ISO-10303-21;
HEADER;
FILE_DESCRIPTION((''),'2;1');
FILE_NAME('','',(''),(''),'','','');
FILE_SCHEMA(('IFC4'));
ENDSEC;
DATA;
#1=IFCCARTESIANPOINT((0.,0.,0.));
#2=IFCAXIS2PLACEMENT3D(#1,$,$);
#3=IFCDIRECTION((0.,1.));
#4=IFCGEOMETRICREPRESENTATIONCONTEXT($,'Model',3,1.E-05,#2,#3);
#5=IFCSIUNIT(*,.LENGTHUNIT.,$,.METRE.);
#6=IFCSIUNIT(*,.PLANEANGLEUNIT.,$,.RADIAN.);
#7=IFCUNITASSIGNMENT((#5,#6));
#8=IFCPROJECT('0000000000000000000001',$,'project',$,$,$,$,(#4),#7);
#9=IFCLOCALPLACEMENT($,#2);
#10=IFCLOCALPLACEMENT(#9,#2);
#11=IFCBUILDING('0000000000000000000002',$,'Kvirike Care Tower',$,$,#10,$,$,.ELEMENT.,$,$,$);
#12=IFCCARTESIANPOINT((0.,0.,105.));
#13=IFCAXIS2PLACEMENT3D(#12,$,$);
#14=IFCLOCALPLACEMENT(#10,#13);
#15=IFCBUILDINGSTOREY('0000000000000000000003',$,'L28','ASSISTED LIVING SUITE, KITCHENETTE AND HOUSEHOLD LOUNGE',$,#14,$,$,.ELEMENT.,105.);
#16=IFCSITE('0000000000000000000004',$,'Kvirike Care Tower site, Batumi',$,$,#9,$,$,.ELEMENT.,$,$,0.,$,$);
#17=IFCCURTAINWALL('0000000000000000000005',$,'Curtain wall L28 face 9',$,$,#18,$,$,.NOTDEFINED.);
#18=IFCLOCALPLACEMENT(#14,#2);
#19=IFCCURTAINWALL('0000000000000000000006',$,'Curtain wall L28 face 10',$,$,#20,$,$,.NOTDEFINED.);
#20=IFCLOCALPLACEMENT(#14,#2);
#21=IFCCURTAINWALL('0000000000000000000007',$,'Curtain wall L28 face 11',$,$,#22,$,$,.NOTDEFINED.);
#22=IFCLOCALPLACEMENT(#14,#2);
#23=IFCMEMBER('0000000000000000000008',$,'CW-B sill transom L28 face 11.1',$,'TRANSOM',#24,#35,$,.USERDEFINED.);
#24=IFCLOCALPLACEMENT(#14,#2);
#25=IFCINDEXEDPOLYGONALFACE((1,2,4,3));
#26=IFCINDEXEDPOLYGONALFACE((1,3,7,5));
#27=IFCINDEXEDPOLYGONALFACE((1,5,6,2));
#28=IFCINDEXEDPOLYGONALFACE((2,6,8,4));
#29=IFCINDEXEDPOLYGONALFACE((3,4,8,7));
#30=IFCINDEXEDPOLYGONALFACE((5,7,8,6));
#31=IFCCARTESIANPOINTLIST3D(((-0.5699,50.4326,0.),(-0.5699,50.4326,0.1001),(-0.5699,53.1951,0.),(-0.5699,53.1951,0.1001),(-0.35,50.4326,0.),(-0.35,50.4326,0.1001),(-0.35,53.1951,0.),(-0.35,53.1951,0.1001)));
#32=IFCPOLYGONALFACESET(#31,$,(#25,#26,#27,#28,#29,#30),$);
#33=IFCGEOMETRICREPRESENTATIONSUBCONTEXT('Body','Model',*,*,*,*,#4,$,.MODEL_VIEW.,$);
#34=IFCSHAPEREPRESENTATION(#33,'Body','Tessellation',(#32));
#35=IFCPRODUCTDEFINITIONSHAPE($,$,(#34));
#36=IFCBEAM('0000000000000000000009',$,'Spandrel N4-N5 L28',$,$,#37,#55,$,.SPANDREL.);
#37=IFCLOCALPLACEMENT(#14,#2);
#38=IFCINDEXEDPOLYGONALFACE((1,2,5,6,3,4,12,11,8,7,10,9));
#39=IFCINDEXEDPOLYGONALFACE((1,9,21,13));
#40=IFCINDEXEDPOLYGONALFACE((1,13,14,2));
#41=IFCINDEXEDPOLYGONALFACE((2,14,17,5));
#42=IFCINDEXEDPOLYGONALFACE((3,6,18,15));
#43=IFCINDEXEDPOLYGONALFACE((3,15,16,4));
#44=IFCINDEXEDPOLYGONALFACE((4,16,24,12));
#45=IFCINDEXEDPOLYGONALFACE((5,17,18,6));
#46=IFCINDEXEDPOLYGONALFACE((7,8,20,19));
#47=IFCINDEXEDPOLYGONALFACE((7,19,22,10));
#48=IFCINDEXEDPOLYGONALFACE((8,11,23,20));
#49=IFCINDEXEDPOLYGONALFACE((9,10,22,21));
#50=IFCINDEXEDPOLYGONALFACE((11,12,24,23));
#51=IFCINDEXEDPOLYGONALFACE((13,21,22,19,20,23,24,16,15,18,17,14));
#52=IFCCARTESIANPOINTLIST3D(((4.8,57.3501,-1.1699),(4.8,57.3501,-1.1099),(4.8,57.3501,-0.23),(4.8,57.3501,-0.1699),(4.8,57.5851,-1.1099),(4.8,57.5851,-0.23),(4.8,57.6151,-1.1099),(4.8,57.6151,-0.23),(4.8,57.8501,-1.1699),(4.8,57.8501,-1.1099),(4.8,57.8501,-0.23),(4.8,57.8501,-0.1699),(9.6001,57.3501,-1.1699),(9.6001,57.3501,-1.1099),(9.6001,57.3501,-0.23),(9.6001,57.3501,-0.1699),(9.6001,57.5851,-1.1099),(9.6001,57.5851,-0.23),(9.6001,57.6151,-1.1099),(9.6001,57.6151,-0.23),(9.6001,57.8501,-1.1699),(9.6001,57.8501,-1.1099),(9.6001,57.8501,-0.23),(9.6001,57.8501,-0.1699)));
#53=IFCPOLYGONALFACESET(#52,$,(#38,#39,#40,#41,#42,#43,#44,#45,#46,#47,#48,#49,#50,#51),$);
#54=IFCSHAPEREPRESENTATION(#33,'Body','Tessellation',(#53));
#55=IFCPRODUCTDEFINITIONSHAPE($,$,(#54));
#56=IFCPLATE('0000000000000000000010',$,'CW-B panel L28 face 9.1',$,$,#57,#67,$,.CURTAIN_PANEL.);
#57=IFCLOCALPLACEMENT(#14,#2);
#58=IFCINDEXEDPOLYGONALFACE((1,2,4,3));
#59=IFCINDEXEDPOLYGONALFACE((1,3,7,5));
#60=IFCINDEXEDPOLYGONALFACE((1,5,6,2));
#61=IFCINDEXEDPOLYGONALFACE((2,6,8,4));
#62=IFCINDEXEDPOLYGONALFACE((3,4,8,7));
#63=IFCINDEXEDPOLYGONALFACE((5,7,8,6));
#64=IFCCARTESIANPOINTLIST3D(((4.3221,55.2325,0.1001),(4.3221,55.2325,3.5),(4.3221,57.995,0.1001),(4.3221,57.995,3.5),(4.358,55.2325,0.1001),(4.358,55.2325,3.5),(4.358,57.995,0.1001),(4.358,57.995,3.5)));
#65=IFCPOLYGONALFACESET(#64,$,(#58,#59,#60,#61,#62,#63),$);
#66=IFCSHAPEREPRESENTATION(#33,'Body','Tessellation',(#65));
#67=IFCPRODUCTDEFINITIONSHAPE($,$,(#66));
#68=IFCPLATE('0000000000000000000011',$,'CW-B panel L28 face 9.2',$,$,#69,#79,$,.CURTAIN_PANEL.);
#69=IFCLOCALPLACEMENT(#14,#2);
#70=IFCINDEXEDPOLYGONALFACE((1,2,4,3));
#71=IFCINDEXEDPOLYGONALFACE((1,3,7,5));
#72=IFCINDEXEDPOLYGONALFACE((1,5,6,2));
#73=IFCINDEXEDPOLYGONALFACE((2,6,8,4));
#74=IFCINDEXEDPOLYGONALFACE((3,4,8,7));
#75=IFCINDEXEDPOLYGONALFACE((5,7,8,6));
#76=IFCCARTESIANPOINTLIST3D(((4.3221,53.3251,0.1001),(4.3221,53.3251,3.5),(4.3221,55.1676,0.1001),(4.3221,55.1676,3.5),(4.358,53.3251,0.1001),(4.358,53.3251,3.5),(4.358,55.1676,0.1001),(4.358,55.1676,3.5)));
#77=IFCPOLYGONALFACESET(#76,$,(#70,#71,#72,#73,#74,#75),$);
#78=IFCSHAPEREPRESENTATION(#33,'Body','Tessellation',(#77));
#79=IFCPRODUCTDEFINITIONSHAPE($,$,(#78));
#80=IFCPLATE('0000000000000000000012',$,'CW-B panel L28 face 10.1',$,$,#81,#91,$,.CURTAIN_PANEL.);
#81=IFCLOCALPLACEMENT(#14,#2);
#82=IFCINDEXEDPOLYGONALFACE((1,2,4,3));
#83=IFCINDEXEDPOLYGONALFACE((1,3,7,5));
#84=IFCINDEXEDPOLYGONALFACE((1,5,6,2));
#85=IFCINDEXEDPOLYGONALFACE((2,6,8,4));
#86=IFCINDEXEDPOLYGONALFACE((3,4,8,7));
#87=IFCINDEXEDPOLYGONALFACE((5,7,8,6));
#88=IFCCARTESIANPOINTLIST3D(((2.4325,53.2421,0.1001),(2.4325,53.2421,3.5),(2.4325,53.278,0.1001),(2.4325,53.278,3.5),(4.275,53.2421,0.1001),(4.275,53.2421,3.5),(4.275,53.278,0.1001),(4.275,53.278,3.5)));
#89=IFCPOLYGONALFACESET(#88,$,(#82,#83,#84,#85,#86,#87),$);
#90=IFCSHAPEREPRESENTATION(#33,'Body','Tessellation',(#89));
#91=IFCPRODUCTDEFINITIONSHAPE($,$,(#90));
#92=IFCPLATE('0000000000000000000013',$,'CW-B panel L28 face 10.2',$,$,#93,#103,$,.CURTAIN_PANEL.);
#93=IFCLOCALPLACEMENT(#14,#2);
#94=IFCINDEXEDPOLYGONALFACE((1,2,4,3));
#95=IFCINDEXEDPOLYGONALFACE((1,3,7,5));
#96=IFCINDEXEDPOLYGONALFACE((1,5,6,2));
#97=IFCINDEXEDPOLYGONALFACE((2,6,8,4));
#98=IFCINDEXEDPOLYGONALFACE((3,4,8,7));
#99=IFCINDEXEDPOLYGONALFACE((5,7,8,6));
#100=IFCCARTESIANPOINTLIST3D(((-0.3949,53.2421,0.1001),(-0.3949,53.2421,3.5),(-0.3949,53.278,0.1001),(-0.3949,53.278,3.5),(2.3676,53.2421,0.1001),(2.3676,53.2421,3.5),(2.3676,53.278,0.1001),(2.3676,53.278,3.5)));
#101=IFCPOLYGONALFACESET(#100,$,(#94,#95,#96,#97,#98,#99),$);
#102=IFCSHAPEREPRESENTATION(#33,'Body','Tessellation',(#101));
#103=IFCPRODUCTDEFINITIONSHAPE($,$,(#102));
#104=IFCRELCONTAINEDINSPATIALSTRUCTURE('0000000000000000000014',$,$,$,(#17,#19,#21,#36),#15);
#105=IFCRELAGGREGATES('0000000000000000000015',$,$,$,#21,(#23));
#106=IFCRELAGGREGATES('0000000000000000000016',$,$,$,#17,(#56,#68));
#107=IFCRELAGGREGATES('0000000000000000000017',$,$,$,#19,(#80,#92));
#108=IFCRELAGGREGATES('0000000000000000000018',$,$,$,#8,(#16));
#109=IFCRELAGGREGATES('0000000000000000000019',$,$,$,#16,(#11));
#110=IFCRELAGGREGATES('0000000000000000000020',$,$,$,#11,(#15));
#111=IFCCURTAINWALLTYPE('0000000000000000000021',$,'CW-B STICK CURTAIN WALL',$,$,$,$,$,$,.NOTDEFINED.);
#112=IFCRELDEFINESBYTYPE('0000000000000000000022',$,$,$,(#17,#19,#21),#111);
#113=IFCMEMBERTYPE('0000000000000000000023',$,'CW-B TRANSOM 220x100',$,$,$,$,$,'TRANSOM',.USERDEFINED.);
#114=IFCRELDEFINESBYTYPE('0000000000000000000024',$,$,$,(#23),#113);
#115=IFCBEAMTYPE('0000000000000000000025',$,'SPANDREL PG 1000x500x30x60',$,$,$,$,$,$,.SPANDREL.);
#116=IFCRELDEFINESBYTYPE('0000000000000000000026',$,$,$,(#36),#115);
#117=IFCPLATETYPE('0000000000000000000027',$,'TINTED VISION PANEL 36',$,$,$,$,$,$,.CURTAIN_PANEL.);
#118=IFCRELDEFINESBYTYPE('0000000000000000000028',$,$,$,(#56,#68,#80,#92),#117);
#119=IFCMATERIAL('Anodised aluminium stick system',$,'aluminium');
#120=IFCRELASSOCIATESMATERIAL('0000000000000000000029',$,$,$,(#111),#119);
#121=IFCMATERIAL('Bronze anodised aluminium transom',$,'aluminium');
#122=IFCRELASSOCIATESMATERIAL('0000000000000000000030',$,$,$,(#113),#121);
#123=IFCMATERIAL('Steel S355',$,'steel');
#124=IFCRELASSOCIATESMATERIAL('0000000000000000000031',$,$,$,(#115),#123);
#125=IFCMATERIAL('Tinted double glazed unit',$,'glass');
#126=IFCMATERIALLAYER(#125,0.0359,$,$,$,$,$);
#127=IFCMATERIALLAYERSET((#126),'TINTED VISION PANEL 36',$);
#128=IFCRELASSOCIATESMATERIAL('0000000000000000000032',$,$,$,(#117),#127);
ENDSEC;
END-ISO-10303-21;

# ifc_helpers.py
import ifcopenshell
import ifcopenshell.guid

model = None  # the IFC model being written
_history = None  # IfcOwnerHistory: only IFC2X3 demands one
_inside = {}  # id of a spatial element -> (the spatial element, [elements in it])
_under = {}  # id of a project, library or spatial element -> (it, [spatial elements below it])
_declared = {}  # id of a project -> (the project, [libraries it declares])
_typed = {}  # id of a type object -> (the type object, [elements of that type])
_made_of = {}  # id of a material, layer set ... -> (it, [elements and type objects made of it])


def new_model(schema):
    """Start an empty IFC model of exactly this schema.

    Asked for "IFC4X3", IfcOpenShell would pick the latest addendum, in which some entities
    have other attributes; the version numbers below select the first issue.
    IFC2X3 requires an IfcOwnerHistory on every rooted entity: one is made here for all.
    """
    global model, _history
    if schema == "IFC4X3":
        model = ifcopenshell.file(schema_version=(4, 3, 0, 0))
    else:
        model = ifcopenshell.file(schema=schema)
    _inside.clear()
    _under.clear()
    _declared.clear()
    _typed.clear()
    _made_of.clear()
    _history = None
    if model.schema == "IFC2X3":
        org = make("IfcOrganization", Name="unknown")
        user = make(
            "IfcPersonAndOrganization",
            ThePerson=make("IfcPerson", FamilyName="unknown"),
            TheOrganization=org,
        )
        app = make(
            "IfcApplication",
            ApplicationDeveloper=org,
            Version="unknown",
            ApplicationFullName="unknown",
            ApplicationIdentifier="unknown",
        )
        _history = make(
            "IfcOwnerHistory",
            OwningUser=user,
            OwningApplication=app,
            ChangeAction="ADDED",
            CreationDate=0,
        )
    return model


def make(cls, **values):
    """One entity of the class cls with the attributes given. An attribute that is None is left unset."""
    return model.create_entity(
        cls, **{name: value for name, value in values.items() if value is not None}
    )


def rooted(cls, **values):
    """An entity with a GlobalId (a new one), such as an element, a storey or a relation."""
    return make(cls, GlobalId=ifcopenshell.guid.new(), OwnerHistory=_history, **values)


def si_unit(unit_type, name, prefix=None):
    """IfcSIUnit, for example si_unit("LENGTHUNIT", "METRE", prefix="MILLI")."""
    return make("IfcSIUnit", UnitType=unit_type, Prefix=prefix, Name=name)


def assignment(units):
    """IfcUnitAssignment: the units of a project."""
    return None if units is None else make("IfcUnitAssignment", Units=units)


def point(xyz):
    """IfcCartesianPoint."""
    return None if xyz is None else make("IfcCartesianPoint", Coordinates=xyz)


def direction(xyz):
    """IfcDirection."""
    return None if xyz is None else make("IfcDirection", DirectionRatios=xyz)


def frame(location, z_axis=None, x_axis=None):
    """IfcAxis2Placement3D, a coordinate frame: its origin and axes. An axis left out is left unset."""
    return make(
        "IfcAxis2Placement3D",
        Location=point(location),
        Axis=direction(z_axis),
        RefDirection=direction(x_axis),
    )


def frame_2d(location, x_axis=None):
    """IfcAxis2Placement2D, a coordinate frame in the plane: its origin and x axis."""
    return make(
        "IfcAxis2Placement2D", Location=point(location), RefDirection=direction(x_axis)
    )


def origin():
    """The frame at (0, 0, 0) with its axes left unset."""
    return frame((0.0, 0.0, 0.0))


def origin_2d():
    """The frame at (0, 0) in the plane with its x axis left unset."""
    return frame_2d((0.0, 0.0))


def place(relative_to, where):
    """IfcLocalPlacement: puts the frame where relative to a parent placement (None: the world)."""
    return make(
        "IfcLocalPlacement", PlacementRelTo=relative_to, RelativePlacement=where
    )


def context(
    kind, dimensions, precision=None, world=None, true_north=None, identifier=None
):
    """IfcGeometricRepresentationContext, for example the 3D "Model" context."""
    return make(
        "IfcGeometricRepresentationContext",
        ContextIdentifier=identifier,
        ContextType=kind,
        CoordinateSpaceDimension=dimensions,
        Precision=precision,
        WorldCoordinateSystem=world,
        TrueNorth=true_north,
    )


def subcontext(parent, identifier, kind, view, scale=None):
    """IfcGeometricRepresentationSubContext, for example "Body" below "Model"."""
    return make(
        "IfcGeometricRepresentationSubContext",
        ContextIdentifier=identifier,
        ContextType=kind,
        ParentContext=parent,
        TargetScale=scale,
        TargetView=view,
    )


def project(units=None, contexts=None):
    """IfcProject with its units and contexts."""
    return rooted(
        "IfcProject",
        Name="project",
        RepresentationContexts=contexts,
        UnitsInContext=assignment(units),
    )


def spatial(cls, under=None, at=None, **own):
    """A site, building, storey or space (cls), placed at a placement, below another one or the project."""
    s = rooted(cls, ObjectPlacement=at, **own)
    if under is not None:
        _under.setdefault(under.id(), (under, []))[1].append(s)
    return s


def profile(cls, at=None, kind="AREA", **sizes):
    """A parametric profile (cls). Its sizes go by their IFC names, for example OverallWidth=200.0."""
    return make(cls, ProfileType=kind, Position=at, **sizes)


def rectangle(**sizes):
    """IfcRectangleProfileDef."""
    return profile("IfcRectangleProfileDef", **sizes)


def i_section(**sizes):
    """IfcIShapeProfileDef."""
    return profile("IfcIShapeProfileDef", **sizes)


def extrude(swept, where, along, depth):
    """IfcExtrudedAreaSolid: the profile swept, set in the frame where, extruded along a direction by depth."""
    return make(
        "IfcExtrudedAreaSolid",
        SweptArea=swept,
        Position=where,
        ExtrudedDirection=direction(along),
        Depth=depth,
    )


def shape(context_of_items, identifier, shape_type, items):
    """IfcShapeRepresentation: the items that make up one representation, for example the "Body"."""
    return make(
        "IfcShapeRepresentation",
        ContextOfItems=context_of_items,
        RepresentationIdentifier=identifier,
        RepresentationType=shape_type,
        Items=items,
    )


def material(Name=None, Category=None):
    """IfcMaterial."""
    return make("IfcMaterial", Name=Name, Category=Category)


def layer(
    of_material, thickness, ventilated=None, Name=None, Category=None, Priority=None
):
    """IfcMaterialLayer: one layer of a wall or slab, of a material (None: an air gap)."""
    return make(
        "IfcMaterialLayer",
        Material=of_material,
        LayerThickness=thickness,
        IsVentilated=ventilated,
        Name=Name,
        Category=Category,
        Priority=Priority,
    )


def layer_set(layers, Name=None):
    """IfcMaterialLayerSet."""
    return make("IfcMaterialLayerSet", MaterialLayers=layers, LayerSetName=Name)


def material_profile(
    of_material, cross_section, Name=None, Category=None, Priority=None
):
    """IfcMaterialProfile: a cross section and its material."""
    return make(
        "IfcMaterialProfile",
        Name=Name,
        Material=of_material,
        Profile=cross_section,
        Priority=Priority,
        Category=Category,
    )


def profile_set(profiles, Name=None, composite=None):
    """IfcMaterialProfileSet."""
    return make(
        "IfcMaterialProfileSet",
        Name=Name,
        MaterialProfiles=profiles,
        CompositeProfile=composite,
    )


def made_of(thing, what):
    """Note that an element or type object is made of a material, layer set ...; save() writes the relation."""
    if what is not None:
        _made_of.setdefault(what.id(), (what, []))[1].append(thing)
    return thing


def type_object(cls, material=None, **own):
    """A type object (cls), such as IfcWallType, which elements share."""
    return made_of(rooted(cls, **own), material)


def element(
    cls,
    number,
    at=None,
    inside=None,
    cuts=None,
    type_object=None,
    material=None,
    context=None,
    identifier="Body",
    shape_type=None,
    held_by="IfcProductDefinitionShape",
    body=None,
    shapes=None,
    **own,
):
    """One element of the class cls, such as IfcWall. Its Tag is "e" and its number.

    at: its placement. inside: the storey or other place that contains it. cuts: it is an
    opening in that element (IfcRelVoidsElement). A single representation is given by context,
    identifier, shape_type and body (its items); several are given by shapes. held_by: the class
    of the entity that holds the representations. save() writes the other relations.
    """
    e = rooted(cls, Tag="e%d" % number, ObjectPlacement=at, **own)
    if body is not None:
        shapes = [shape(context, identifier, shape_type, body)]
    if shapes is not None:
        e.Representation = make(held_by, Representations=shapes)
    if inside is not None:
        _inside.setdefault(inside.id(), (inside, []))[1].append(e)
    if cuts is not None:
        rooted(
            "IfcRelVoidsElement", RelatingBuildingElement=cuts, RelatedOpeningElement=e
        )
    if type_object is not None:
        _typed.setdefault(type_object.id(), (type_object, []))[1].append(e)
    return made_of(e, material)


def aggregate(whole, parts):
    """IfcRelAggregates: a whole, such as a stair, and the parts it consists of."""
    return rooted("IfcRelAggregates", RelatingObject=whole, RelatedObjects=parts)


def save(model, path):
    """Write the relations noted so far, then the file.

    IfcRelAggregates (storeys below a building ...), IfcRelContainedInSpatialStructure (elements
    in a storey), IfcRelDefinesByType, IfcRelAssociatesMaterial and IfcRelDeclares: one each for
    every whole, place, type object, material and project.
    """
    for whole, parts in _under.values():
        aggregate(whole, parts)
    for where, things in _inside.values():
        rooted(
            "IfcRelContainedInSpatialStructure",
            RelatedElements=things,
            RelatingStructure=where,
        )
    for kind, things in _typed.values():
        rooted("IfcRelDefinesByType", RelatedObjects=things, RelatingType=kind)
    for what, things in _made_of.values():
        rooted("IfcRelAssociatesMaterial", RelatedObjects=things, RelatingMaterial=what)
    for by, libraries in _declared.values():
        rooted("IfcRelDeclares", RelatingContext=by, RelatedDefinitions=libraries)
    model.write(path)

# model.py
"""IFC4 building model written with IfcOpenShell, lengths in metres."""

from ifc_helpers import new_model, si_unit, direction, frame, origin, origin_2d, place, context, subcontext, project, spatial, rectangle, i_section, extrude, material, layer, layer_set, material_profile, profile_set, type_object, element, aggregate, save


model = new_model("IFC4")

# Units and contexts
model_context = context("Model", 3, precision=1e-05, world=origin(), true_north=direction((0.0, 1.0)))
body_context = subcontext(model_context, "Body", "Model", "MODEL_VIEW")
ifc_project = project(units=[si_unit("LENGTHUNIT", "METRE"), si_unit("PLANEANGLEUNIT", "RADIAN")], contexts=[model_context])

# Site, building, storey
site_placement = place(None, origin())
site = spatial("IfcSite", under=ifc_project, at=site_placement, Name="Kvirike Care Tower site, Batumi", CompositionType="ELEMENT", RefElevation=0.0)
building_placement = place(site_placement, origin())
building = spatial("IfcBuilding", under=site, at=building_placement, Name="Kvirike Care Tower", CompositionType="ELEMENT")
storey_placement = place(building_placement, frame((0.0, 0.0, 105.0)))
storey = spatial("IfcBuildingStorey", under=building, at=storey_placement, Name="L28", Description="ASSISTED LIVING SUITE, KITCHENETTE AND HOUSEHOLD LOUNGE", CompositionType="ELEMENT", Elevation=105.0)

# Curtain wall
ifc_material_1 = material(Name="Anodised aluminium stick system", Category="aluminium")
curtain_wall_type = type_object("IfcCurtainWallType", Name="CW-B STICK CURTAIN WALL", PredefinedType="NOTDEFINED", material=ifc_material_1)
curtain_wall_1_placement = place(storey_placement, origin())
curtain_wall_1 = element("IfcCurtainWall", 1, at=curtain_wall_1_placement, inside=storey, type_object=curtain_wall_type, Name="Curtain wall L28 face 9", PredefinedType="NOTDEFINED")

# Curtain wall
curtain_wall_2_placement = place(storey_placement, origin())
curtain_wall_2 = element("IfcCurtainWall", 2, at=curtain_wall_2_placement, inside=storey, type_object=curtain_wall_type, Name="Curtain wall L28 face 10", PredefinedType="NOTDEFINED")

# Curtain wall
curtain_wall_3_placement = place(storey_placement, origin())
curtain_wall_3 = element("IfcCurtainWall", 3, at=curtain_wall_3_placement, inside=storey, type_object=curtain_wall_type, Name="Curtain wall L28 face 11", PredefinedType="NOTDEFINED")

# Member
ifc_material_2 = material(Name="Bronze anodised aluminium transom", Category="aluminium")
ifc_material_profile_1 = material_profile(ifc_material_2, rectangle(XDim=0.22, YDim=0.1001, at=origin_2d()), Name="CW-B TRANSOM 220x100")
ifc_profile_set_1 = profile_set([ifc_material_profile_1], Name="Bronze anodised aluminium transom")
member_type_1 = type_object("IfcMemberType", Name="CW-B TRANSOM 220x100", ElementType="TRANSOM", PredefinedType="USERDEFINED", material=ifc_profile_set_1)
member_1_placement = place(storey_placement, frame((-0.46, 53.1951, 0.05), z_axis=(0.0, -1.0, 0.0), x_axis=(1.0, 0.0, 0.0)))
member_1 = element("IfcMember", 4, at=member_1_placement, type_object=member_type_1, Name="CW-B sill transom L28 face 11.1", ObjectType="TRANSOM", PredefinedType="USERDEFINED", context=body_context, shape_type="SweptSolid", body=[
    extrude(rectangle(XDim=0.22, YDim=0.1001, at=origin_2d()), origin(), (0.0, 0.0, 1.0), 2.7625),
])
aggregate(curtain_wall_3, [member_1])

# Beam
ifc_material_3 = material(Name="Steel S355", Category="steel")
ifc_material_profile_2 = material_profile(ifc_material_3, i_section(OverallWidth=0.5, OverallDepth=1.0, WebThickness=0.03, FlangeThickness=0.0601, at=origin_2d()), Name="PG 1000x500x30x60")
ifc_profile_set_2 = profile_set([ifc_material_profile_2], Name="Steel S355")
beam_type = type_object("IfcBeamType", Name="SPANDREL PG 1000x500x30x60", PredefinedType="SPANDREL", material=ifc_profile_set_2)
beam_placement = place(storey_placement, frame((4.8, 57.6001, -0.6699), z_axis=(1.0, 0.0, 0.0), x_axis=(0.0, 1.0, 0.0)))
element("IfcBeam", 5, at=beam_placement, inside=storey, type_object=beam_type, Name="Spandrel N4-N5 L28", PredefinedType="SPANDREL", context=body_context, shape_type="SweptSolid", body=[
    extrude(i_section(OverallWidth=0.5, OverallDepth=1.0, WebThickness=0.03, FlangeThickness=0.0601, at=origin_2d()), origin(), (0.0, 0.0, 1.0), 4.8),
])

# Plates
ifc_material_4 = material(Name="Tinted double glazed unit", Category="glass")
ifc_layer = layer(ifc_material_4, 0.0359)
ifc_layer_set = layer_set([ifc_layer], Name="TINTED VISION PANEL 36")
plate_type = type_object("IfcPlateType", Name="TINTED VISION PANEL 36", PredefinedType="CURTAIN_PANEL", material=ifc_layer_set)
plate_1_placement = place(storey_placement, frame((4.3401, 56.6138, 0.1001), z_axis=(0.0, 0.0, 1.0), x_axis=(0.0, -1.0, 0.0)))
plate_1 = element("IfcPlate", 6, at=plate_1_placement, type_object=plate_type, Name="CW-B panel L28 face 9.1", PredefinedType="CURTAIN_PANEL", context=body_context, shape_type="SweptSolid", body=[
    extrude(rectangle(XDim=2.7625, YDim=0.0359, at=origin_2d()), origin(), (0.0, 0.0, 1.0), 3.3999),
])
plate_2_placement = place(storey_placement, frame((4.3401, 54.2463, 0.1001), z_axis=(0.0, 0.0, 1.0), x_axis=(0.0, -1.0, 0.0)))
plate_2 = element("IfcPlate", 7, at=plate_2_placement, type_object=plate_type, Name="CW-B panel L28 face 9.2", PredefinedType="CURTAIN_PANEL", context=body_context, shape_type="SweptSolid", body=[
    extrude(rectangle(XDim=1.8425, YDim=0.0359, at=origin_2d()), origin(), (0.0, 0.0, 1.0), 3.3999),
])
aggregate(curtain_wall_1, [plate_1, plate_2])
plate_3_placement = place(storey_placement, frame((3.3538, 53.26, 0.1001), z_axis=(0.0, 0.0, 1.0), x_axis=(-1.0, 0.0, 0.0)))
plate_3 = element("IfcPlate", 8, at=plate_3_placement, type_object=plate_type, Name="CW-B panel L28 face 10.1", PredefinedType="CURTAIN_PANEL", context=body_context, shape_type="SweptSolid", body=[
    extrude(rectangle(XDim=1.8425, YDim=0.0359, at=origin_2d()), origin(), (0.0, 0.0, 1.0), 3.3999),
])
plate_4_placement = place(storey_placement, frame((0.9863, 53.26, 0.1001), z_axis=(0.0, 0.0, 1.0), x_axis=(-1.0, 0.0, 0.0)))
plate_4 = element("IfcPlate", 9, at=plate_4_placement, type_object=plate_type, Name="CW-B panel L28 face 10.2", PredefinedType="CURTAIN_PANEL", context=body_context, shape_type="SweptSolid", body=[
    extrude(rectangle(XDim=2.7625, YDim=0.0359, at=origin_2d()), origin(), (0.0, 0.0, 1.0), 3.3999),
])
aggregate(curtain_wall_2, [plate_3, plate_4])

save(model, "model.ifc")
